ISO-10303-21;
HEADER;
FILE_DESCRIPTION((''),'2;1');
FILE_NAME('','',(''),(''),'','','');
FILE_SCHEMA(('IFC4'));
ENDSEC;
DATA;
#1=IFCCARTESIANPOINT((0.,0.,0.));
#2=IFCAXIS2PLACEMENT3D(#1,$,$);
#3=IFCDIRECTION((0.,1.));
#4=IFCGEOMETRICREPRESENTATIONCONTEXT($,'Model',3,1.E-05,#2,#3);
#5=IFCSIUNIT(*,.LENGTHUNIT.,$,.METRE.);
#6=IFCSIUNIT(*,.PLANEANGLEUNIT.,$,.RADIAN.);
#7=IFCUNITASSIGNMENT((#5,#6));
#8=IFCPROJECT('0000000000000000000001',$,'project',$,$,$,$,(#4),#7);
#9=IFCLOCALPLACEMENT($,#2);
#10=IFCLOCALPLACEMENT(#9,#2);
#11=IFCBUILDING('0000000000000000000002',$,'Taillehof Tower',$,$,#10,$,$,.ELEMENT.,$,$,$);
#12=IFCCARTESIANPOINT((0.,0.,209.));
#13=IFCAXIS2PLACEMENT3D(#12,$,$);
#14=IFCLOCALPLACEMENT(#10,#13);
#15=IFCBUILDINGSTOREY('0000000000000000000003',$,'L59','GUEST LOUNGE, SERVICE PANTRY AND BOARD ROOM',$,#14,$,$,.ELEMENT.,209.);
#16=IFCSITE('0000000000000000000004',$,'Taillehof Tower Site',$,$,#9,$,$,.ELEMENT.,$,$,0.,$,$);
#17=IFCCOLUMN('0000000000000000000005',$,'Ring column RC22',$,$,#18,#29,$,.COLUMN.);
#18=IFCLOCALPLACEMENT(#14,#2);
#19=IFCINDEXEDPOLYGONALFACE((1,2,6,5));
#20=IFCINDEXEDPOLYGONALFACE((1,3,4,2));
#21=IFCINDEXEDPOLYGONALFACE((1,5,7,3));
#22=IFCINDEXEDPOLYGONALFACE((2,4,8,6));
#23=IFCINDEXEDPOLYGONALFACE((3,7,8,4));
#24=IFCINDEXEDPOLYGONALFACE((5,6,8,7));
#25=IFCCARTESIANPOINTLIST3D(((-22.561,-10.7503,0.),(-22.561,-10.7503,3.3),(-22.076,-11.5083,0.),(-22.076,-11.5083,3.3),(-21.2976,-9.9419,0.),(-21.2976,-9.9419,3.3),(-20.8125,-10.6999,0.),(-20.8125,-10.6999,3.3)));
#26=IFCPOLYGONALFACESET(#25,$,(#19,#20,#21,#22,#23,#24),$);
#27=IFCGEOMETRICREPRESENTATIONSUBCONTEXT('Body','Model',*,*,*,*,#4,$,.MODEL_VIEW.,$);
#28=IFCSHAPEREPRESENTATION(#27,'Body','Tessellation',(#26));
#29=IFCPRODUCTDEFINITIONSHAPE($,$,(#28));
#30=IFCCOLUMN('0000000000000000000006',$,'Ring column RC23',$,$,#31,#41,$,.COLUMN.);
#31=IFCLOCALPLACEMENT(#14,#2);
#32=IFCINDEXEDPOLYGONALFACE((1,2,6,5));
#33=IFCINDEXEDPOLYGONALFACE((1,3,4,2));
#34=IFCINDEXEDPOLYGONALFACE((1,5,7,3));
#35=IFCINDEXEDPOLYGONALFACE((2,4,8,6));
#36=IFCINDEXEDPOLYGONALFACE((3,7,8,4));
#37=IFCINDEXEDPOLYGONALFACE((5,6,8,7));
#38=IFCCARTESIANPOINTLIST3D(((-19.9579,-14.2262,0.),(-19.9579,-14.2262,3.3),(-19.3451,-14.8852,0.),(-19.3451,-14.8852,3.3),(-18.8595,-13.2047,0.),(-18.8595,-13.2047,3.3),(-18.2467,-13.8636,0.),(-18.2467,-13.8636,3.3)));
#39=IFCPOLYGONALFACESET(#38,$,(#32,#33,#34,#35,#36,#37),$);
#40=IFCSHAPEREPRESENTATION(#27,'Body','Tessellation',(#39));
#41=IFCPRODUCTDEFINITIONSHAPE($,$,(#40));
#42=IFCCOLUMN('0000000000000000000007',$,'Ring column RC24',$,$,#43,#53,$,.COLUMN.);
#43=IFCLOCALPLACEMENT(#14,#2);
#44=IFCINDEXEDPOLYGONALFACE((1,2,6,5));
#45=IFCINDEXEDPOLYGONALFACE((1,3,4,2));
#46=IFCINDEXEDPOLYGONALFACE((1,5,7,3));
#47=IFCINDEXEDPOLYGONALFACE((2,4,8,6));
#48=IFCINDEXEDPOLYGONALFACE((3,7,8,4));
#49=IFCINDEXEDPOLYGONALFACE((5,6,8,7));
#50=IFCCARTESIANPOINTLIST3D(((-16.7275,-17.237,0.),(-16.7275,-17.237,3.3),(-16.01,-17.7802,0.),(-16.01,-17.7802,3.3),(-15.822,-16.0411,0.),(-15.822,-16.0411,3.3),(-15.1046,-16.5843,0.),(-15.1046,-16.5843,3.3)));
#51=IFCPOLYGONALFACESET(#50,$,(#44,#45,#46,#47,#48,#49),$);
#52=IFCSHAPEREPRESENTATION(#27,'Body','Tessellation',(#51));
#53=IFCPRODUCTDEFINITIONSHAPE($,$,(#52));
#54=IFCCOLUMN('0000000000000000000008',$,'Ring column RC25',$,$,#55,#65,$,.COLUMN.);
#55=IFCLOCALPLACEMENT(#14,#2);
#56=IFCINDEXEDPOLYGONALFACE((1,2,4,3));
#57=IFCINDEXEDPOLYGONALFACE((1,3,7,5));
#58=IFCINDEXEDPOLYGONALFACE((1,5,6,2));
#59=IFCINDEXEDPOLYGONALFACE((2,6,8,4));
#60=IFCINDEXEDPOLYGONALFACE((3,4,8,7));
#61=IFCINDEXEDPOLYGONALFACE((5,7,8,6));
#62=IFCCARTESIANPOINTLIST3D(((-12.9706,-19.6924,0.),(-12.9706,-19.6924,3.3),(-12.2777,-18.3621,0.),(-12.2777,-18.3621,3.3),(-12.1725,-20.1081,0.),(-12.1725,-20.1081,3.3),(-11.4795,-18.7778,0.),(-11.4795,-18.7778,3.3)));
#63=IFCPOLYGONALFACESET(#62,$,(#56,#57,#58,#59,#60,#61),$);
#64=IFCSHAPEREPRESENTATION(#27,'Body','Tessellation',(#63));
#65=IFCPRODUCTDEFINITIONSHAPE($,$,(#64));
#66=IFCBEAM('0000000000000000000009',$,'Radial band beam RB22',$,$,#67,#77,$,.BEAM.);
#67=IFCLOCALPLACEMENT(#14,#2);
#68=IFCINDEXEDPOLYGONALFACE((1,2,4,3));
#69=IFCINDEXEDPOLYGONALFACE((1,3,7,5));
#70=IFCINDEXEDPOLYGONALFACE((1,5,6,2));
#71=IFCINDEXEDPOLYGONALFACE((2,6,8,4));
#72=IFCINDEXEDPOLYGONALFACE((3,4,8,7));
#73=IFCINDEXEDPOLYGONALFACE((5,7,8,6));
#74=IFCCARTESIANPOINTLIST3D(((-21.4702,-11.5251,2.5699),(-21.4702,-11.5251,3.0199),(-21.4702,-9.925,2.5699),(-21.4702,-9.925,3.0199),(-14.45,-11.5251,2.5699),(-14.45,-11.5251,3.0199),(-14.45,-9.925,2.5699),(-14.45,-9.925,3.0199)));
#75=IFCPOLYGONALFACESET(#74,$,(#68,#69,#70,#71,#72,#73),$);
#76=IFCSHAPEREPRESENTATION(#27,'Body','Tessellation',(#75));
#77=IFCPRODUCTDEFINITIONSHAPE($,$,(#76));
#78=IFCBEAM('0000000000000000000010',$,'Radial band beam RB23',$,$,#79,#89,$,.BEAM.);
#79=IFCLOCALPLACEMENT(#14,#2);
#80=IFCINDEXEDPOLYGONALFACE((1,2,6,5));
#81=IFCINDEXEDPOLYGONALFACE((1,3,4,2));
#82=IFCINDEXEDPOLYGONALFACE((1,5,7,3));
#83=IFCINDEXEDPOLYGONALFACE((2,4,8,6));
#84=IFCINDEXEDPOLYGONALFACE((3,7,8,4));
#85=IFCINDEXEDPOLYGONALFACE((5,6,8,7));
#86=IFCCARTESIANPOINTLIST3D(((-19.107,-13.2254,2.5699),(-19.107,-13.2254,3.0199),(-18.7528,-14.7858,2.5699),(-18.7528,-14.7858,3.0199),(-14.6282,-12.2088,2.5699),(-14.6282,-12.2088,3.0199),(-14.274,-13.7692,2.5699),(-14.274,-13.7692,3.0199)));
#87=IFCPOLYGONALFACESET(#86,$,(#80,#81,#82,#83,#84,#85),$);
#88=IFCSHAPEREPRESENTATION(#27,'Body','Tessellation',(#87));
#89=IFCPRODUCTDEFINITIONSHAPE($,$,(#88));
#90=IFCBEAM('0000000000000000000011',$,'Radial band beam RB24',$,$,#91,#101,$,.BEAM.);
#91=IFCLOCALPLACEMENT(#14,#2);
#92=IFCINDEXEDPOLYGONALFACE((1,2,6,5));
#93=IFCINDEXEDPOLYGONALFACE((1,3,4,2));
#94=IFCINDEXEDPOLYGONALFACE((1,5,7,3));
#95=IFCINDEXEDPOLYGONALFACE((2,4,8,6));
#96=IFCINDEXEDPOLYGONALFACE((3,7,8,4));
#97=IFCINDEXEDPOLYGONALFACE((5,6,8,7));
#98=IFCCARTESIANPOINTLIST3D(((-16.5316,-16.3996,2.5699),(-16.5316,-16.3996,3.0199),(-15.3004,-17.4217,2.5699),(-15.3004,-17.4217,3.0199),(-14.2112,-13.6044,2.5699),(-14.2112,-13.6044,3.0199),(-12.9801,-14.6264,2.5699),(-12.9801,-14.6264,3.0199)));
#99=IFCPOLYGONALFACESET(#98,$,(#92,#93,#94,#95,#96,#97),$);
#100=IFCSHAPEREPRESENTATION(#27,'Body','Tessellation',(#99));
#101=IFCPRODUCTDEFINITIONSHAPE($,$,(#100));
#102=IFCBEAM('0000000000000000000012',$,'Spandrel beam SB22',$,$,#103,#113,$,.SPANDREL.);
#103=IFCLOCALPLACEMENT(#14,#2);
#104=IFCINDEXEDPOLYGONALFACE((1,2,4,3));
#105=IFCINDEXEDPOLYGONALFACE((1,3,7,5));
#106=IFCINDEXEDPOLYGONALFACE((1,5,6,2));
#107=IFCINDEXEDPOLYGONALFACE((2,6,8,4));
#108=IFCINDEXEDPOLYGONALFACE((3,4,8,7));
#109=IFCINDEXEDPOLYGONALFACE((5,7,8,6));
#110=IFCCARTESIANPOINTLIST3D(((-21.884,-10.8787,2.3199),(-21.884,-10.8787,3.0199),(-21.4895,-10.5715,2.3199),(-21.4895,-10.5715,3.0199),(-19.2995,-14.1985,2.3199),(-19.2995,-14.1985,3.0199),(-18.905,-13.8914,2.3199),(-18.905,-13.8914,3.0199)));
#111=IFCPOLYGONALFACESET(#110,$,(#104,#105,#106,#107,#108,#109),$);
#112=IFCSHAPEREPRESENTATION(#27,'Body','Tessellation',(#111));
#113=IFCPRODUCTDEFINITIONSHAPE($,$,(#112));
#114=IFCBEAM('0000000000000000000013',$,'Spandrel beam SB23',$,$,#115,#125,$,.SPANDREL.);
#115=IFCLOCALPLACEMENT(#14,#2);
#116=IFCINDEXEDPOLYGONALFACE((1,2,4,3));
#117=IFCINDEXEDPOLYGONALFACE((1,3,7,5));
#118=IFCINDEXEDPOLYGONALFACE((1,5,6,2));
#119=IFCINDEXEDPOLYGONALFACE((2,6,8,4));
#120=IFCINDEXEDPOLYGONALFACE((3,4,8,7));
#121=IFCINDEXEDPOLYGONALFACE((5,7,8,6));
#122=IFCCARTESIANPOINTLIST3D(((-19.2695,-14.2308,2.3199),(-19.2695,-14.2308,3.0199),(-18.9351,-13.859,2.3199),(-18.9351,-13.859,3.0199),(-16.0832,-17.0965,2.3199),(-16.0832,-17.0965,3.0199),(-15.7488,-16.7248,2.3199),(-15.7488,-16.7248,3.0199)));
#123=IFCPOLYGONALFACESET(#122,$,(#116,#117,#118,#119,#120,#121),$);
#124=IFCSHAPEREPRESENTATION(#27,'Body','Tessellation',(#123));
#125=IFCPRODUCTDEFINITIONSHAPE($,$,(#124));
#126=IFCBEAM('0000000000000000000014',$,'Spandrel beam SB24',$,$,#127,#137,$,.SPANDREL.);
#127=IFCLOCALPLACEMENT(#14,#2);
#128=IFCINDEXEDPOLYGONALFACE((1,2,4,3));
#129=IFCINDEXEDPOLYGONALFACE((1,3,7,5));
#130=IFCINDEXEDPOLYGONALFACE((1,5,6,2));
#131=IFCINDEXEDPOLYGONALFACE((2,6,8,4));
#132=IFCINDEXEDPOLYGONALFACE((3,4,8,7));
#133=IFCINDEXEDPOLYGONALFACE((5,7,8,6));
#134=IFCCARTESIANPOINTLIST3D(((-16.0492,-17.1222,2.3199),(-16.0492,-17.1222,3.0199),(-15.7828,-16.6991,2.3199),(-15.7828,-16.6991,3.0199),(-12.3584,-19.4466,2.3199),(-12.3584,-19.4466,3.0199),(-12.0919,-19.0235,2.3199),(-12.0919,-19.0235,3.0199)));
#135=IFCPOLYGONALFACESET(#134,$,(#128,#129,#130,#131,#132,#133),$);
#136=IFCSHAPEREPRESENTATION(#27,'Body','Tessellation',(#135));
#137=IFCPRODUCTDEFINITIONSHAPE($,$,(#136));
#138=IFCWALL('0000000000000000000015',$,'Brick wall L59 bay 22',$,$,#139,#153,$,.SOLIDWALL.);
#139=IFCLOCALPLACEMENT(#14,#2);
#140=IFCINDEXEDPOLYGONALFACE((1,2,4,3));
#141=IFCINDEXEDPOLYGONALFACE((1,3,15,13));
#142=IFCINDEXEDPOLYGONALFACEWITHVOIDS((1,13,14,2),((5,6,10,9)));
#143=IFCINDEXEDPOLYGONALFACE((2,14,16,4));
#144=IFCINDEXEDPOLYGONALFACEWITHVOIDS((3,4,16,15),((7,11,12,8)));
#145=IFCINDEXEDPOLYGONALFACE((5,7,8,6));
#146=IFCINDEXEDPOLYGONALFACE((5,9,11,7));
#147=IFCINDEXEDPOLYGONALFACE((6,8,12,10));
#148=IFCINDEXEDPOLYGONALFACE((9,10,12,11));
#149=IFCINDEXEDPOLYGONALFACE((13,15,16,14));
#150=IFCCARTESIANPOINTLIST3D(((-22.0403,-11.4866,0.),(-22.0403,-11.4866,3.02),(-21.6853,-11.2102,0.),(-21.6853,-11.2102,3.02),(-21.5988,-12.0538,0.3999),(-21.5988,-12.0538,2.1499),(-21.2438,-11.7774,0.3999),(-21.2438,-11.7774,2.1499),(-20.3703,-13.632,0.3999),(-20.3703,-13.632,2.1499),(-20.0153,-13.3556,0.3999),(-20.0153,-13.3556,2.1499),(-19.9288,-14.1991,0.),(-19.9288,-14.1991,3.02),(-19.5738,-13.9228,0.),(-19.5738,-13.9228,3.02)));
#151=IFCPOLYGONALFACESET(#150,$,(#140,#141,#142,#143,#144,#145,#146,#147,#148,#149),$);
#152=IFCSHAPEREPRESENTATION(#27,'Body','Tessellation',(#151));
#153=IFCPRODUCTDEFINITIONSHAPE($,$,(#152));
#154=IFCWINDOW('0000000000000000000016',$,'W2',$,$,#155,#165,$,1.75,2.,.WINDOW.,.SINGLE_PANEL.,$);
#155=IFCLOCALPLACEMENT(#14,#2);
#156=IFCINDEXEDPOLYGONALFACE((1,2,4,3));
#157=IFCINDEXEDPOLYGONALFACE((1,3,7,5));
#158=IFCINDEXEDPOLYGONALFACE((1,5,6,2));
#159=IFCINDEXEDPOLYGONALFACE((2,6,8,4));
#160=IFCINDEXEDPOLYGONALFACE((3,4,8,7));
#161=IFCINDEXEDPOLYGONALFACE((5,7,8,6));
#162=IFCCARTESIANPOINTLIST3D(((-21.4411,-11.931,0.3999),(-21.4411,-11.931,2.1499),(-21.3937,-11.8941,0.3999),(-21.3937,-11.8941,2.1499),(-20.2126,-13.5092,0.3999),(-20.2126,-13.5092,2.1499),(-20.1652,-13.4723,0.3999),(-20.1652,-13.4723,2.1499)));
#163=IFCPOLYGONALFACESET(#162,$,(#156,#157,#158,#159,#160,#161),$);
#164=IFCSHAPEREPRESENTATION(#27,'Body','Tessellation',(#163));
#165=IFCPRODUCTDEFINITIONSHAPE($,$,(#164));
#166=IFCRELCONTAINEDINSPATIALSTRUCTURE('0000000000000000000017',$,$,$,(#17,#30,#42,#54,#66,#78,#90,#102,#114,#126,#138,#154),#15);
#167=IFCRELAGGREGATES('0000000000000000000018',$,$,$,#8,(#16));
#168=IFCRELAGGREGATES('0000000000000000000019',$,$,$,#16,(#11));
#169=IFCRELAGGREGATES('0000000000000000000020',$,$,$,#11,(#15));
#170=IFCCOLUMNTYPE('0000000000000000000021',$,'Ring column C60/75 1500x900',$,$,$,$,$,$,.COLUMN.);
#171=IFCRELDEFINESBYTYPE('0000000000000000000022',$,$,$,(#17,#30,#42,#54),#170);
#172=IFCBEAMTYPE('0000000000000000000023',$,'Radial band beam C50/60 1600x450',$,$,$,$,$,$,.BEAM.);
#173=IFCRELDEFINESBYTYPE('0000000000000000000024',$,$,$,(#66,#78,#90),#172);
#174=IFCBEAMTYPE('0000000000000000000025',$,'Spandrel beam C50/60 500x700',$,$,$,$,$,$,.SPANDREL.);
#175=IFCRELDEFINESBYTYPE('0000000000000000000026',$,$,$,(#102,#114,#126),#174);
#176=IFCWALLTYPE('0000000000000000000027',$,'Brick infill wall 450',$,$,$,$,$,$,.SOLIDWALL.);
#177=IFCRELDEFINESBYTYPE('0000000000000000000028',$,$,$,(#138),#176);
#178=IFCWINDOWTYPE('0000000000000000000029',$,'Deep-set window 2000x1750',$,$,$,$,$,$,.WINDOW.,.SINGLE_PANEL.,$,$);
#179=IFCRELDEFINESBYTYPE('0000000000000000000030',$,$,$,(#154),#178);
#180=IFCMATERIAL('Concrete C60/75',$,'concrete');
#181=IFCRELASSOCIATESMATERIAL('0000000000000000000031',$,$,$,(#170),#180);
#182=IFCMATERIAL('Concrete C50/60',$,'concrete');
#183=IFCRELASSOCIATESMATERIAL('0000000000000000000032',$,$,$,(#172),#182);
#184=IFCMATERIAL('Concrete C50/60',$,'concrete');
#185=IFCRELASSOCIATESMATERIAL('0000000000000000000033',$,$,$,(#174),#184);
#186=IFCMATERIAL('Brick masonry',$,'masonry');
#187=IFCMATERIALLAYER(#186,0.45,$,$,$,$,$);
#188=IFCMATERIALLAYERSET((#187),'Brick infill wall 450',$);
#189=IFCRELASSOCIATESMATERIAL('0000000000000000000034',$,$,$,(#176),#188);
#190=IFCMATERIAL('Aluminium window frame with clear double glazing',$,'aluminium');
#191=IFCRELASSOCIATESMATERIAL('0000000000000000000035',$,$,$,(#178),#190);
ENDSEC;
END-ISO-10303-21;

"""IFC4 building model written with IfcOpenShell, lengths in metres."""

from ifc_helpers import new_model, si_unit, direction, frame, frame_2d, origin, origin_2d, place, context, subcontext, project, spatial, rectangle, extrude, material, layer, layer_set, material_profile, profile_set, type_object, element, fill, save


model = new_model("IFC4")

# Units and contexts
model_context = context("Model", 3, precision=1e-05, world=origin(), true_north=direction((0.0, 1.0)))
body_context = subcontext(model_context, "Body", "Model", "MODEL_VIEW")
ifc_project = project(units=[si_unit("LENGTHUNIT", "METRE"), si_unit("PLANEANGLEUNIT", "RADIAN")], contexts=[model_context])

# Site, building, storey
site_placement = place(None, origin())
site = spatial("IfcSite", under=ifc_project, at=site_placement, Name="Taillehof Tower Site", CompositionType="ELEMENT", RefElevation=0.0)
building_placement = place(site_placement, origin())
building = spatial("IfcBuilding", under=site, at=building_placement, Name="Taillehof Tower", CompositionType="ELEMENT")
storey_placement = place(building_placement, frame((0.0, 0.0, 209.0)))
storey = spatial("IfcBuildingStorey", under=building, at=storey_placement, Name="L59", Description="GUEST LOUNGE, SERVICE PANTRY AND BOARD ROOM", CompositionType="ELEMENT", Elevation=209.0)

# Columns
ifc_material_1 = material(Name="Concrete C60/75", Category="concrete")
ifc_material_profile_1 = material_profile(ifc_material_1, rectangle(XDim=1.5, YDim=0.8999, at=origin_2d()), Name="RC 1500x900")
ifc_profile_set_1 = profile_set([ifc_material_profile_1], Name="Concrete C60/75")
column_type = type_object("IfcColumnType", Name="Ring column C60/75 1500x900", PredefinedType="COLUMN", material=ifc_profile_set_1)
for number, where, z_axis, x_axis, name in (
    (1, (-21.6868, -10.7251, 0.0), (0.0, 0.0, 1.0), (-0.842311, -0.538992, 0.0), "Ring column RC22"),
    (2, (-19.1023, -14.0449, 0.0), (0.0, 0.0, 1.0), (-0.732271, -0.681013, 0.0), "Ring column RC23"),
    (3, (-15.916, -16.9106, 0.0), (0.0, 0.0, 1.0), (-0.603608, -0.797281, 0.0), "Ring column RC24"),
    (4, (-12.2251, -19.2351, 0.0), (0.0, 0.0, 1.0), (-0.461993, -0.886883, 0.0), "Ring column RC25"),
):
    element("IfcColumn", number, at=place(storey_placement, frame(where, z_axis=z_axis, x_axis=x_axis)), inside=storey, type_object=column_type, Name=name, PredefinedType="COLUMN", context=body_context, shape_type="SweptSolid", body=[
        extrude(rectangle(XDim=1.5, YDim=0.8999, at=origin_2d()), origin(), (0.0, 0.0, 1.0), 3.3),
    ])

# Beams
ifc_material_2 = material(Name="Concrete C50/60", Category="concrete")
ifc_material_profile_2 = material_profile(ifc_material_2, rectangle(XDim=1.6001, YDim=0.45, at=origin_2d()), Name="RC 1600x450")
ifc_profile_set_2 = profile_set([ifc_material_profile_2], Name="Concrete C50/60")
beam_type_1 = type_object("IfcBeamType", Name="Radial band beam C50/60 1600x450", PredefinedType="BEAM", material=ifc_profile_set_2)
beam_1_placement = place(storey_placement, frame((-21.4702, -10.7251, 2.7949), z_axis=(1.0, 0.0, 0.0), x_axis=(0.0, 1.0, 0.0)))
element("IfcBeam", 5, at=beam_1_placement, inside=storey, type_object=beam_type_1, Name="Radial band beam RB22", PredefinedType="BEAM", context=body_context, shape_type="SweptSolid", body=[
    extrude(rectangle(XDim=1.6001, YDim=0.45, at=origin_2d()), origin(), (0.0, 0.0, 1.0), 7.0203),
])
beam_2_placement = place(storey_placement, frame((-18.9299, -14.0056, 2.7949), z_axis=(0.975194, 0.221352, 0.0), x_axis=(-0.221352, 0.975194, 0.0)))
element("IfcBeam", 6, at=beam_2_placement, inside=storey, type_object=beam_type_1, Name="Radial band beam RB23", PredefinedType="BEAM", context=body_context, shape_type="SweptSolid", body=[
    extrude(rectangle(XDim=1.6001, YDim=0.45, at=origin_2d()), origin(), (0.0, 0.0, 1.0), 4.5928),
])
beam_3_placement = place(storey_placement, frame((-15.916, -16.9106, 2.7949), z_axis=(0.638722, 0.769437, 0.0), x_axis=(-0.769437, 0.638722, 0.0)))
element("IfcBeam", 7, at=beam_3_placement, inside=storey, type_object=beam_type_1, Name="Radial band beam RB24", PredefinedType="BEAM", context=body_context, shape_type="SweptSolid", body=[
    extrude(rectangle(XDim=1.6001, YDim=0.45, at=origin_2d()), origin(), (0.0, 0.0, 1.0), 3.6328),
])
ifc_material_3 = material(Name="Concrete C50/60", Category="concrete")
ifc_material_profile_3 = material_profile(ifc_material_3, rectangle(XDim=0.5, YDim=0.7, at=origin_2d()), Name="RC 500x700")
ifc_profile_set_3 = profile_set([ifc_material_profile_3], Name="Concrete C50/60")
beam_type_2 = type_object("IfcBeamType", Name="Spandrel beam C50/60 500x700", PredefinedType="SPANDREL", material=ifc_profile_set_3)
beam_4_placement = place(storey_placement, frame((-21.6868, -10.7251, 2.6699), z_axis=(0.614294, -0.789077, 0.0), x_axis=(0.789077, 0.614294, 0.0)))
element("IfcBeam", 8, at=beam_4_placement, inside=storey, type_object=beam_type_2, Name="Spandrel beam SB22", PredefinedType="SPANDREL", context=body_context, shape_type="SweptSolid", body=[
    extrude(rectangle(XDim=0.5, YDim=0.7, at=origin_2d()), origin(), (0.0, 0.0, 1.0), 4.2073),
])
beam_5_placement = place(storey_placement, frame((-19.1023, -14.0449, 2.6699), z_axis=(0.743518, -0.668716, 0.0), x_axis=(0.668716, 0.743518, 0.0)))
element("IfcBeam", 9, at=beam_5_placement, inside=storey, type_object=beam_type_2, Name="Spandrel beam SB23", PredefinedType="SPANDREL", context=body_context, shape_type="SweptSolid", body=[
    extrude(rectangle(XDim=0.5, YDim=0.7, at=origin_2d()), origin(), (0.0, 0.0, 1.0), 4.2854),
])
beam_6_placement = place(storey_placement, frame((-15.916, -16.9106, 2.6699), z_axis=(0.846176, -0.532904, 0.0), x_axis=(0.532904, 0.846176, 0.0)))
element("IfcBeam", 10, at=beam_6_placement, inside=storey, type_object=beam_type_2, Name="Spandrel beam SB24", PredefinedType="SPANDREL", context=body_context, shape_type="SweptSolid", body=[
    extrude(rectangle(XDim=0.5, YDim=0.7, at=origin_2d()), origin(), (0.0, 0.0, 1.0), 4.3618),
])

# Wall, opening, window
ifc_material_4 = material(Name="Brick masonry", Category="masonry")
ifc_layer_1 = layer(ifc_material_4, 0.45)
ifc_layer_set_1 = layer_set([ifc_layer_1], Name="Brick infill wall 450")
wall_type_1 = type_object("IfcWallType", Name="Brick infill wall 450", PredefinedType="SOLIDWALL", material=ifc_layer_set_1)
wall_1_placement = place(storey_placement, frame((-21.8628, -11.3484, 0.0), z_axis=(0.0, 0.0, 1.0), x_axis=(0.614255, -0.789107, 0.0)))
wall_1 = element("IfcWall", 11, at=wall_1_placement, inside=storey, type_object=wall_type_1, Name="Brick wall L59 bay 22", PredefinedType="SOLIDWALL", context=body_context, shape_type="SweptSolid", body=[
    extrude(rectangle(XDim=3.4375, YDim=0.45, at=frame_2d((1.7188, 0.0))), origin(), (0.0, 0.0, 1.0), 3.02),
])
opening_1_placement = place(wall_1_placement, frame((0.7188, 0.0, 0.3999)))
opening_1 = element("IfcOpeningElement", 12, at=opening_1_placement, cuts=wall_1, PredefinedType="OPENING", context=body_context, shape_type="SweptSolid", body=[
    extrude(rectangle(XDim=2.0, YDim=1.75, at=frame_2d((1.0, 0.875))), frame((0.0, 0.2349, 0.0), z_axis=(0.0, -1.0, 0.0), x_axis=(1.0, 0.0, 0.0)), (0.0, 0.0, 1.0), 0.47),
])
ifc_material_5 = material(Name="Aluminium window frame with clear double glazing", Category="aluminium")
window_type_1 = type_object("IfcWindowType", Name="Deep-set window 2000x1750", PartitioningType="SINGLE_PANEL", PredefinedType="WINDOW", material=ifc_material_5)
window_1_placement = place(opening_1_placement, origin())
window_1 = element("IfcWindow", 13, at=window_1_placement, inside=storey, type_object=window_type_1, Name="W2", OverallHeight=1.75, OverallWidth=2.0, PartitioningType="SINGLE_PANEL", PredefinedType="WINDOW", context=body_context, shape_type="SweptSolid", body=[
    extrude(rectangle(XDim=2.0, YDim=1.75, at=frame_2d((1.0, 0.875))), frame((0.0, 0.0349, 0.0), z_axis=(0.0, -1.0, 0.0), x_axis=(1.0, 0.0, 0.0)), (0.0, 0.0, 1.0), 0.0601),
])
fill(opening_1, window_1)

save(model, "model.ifc")
